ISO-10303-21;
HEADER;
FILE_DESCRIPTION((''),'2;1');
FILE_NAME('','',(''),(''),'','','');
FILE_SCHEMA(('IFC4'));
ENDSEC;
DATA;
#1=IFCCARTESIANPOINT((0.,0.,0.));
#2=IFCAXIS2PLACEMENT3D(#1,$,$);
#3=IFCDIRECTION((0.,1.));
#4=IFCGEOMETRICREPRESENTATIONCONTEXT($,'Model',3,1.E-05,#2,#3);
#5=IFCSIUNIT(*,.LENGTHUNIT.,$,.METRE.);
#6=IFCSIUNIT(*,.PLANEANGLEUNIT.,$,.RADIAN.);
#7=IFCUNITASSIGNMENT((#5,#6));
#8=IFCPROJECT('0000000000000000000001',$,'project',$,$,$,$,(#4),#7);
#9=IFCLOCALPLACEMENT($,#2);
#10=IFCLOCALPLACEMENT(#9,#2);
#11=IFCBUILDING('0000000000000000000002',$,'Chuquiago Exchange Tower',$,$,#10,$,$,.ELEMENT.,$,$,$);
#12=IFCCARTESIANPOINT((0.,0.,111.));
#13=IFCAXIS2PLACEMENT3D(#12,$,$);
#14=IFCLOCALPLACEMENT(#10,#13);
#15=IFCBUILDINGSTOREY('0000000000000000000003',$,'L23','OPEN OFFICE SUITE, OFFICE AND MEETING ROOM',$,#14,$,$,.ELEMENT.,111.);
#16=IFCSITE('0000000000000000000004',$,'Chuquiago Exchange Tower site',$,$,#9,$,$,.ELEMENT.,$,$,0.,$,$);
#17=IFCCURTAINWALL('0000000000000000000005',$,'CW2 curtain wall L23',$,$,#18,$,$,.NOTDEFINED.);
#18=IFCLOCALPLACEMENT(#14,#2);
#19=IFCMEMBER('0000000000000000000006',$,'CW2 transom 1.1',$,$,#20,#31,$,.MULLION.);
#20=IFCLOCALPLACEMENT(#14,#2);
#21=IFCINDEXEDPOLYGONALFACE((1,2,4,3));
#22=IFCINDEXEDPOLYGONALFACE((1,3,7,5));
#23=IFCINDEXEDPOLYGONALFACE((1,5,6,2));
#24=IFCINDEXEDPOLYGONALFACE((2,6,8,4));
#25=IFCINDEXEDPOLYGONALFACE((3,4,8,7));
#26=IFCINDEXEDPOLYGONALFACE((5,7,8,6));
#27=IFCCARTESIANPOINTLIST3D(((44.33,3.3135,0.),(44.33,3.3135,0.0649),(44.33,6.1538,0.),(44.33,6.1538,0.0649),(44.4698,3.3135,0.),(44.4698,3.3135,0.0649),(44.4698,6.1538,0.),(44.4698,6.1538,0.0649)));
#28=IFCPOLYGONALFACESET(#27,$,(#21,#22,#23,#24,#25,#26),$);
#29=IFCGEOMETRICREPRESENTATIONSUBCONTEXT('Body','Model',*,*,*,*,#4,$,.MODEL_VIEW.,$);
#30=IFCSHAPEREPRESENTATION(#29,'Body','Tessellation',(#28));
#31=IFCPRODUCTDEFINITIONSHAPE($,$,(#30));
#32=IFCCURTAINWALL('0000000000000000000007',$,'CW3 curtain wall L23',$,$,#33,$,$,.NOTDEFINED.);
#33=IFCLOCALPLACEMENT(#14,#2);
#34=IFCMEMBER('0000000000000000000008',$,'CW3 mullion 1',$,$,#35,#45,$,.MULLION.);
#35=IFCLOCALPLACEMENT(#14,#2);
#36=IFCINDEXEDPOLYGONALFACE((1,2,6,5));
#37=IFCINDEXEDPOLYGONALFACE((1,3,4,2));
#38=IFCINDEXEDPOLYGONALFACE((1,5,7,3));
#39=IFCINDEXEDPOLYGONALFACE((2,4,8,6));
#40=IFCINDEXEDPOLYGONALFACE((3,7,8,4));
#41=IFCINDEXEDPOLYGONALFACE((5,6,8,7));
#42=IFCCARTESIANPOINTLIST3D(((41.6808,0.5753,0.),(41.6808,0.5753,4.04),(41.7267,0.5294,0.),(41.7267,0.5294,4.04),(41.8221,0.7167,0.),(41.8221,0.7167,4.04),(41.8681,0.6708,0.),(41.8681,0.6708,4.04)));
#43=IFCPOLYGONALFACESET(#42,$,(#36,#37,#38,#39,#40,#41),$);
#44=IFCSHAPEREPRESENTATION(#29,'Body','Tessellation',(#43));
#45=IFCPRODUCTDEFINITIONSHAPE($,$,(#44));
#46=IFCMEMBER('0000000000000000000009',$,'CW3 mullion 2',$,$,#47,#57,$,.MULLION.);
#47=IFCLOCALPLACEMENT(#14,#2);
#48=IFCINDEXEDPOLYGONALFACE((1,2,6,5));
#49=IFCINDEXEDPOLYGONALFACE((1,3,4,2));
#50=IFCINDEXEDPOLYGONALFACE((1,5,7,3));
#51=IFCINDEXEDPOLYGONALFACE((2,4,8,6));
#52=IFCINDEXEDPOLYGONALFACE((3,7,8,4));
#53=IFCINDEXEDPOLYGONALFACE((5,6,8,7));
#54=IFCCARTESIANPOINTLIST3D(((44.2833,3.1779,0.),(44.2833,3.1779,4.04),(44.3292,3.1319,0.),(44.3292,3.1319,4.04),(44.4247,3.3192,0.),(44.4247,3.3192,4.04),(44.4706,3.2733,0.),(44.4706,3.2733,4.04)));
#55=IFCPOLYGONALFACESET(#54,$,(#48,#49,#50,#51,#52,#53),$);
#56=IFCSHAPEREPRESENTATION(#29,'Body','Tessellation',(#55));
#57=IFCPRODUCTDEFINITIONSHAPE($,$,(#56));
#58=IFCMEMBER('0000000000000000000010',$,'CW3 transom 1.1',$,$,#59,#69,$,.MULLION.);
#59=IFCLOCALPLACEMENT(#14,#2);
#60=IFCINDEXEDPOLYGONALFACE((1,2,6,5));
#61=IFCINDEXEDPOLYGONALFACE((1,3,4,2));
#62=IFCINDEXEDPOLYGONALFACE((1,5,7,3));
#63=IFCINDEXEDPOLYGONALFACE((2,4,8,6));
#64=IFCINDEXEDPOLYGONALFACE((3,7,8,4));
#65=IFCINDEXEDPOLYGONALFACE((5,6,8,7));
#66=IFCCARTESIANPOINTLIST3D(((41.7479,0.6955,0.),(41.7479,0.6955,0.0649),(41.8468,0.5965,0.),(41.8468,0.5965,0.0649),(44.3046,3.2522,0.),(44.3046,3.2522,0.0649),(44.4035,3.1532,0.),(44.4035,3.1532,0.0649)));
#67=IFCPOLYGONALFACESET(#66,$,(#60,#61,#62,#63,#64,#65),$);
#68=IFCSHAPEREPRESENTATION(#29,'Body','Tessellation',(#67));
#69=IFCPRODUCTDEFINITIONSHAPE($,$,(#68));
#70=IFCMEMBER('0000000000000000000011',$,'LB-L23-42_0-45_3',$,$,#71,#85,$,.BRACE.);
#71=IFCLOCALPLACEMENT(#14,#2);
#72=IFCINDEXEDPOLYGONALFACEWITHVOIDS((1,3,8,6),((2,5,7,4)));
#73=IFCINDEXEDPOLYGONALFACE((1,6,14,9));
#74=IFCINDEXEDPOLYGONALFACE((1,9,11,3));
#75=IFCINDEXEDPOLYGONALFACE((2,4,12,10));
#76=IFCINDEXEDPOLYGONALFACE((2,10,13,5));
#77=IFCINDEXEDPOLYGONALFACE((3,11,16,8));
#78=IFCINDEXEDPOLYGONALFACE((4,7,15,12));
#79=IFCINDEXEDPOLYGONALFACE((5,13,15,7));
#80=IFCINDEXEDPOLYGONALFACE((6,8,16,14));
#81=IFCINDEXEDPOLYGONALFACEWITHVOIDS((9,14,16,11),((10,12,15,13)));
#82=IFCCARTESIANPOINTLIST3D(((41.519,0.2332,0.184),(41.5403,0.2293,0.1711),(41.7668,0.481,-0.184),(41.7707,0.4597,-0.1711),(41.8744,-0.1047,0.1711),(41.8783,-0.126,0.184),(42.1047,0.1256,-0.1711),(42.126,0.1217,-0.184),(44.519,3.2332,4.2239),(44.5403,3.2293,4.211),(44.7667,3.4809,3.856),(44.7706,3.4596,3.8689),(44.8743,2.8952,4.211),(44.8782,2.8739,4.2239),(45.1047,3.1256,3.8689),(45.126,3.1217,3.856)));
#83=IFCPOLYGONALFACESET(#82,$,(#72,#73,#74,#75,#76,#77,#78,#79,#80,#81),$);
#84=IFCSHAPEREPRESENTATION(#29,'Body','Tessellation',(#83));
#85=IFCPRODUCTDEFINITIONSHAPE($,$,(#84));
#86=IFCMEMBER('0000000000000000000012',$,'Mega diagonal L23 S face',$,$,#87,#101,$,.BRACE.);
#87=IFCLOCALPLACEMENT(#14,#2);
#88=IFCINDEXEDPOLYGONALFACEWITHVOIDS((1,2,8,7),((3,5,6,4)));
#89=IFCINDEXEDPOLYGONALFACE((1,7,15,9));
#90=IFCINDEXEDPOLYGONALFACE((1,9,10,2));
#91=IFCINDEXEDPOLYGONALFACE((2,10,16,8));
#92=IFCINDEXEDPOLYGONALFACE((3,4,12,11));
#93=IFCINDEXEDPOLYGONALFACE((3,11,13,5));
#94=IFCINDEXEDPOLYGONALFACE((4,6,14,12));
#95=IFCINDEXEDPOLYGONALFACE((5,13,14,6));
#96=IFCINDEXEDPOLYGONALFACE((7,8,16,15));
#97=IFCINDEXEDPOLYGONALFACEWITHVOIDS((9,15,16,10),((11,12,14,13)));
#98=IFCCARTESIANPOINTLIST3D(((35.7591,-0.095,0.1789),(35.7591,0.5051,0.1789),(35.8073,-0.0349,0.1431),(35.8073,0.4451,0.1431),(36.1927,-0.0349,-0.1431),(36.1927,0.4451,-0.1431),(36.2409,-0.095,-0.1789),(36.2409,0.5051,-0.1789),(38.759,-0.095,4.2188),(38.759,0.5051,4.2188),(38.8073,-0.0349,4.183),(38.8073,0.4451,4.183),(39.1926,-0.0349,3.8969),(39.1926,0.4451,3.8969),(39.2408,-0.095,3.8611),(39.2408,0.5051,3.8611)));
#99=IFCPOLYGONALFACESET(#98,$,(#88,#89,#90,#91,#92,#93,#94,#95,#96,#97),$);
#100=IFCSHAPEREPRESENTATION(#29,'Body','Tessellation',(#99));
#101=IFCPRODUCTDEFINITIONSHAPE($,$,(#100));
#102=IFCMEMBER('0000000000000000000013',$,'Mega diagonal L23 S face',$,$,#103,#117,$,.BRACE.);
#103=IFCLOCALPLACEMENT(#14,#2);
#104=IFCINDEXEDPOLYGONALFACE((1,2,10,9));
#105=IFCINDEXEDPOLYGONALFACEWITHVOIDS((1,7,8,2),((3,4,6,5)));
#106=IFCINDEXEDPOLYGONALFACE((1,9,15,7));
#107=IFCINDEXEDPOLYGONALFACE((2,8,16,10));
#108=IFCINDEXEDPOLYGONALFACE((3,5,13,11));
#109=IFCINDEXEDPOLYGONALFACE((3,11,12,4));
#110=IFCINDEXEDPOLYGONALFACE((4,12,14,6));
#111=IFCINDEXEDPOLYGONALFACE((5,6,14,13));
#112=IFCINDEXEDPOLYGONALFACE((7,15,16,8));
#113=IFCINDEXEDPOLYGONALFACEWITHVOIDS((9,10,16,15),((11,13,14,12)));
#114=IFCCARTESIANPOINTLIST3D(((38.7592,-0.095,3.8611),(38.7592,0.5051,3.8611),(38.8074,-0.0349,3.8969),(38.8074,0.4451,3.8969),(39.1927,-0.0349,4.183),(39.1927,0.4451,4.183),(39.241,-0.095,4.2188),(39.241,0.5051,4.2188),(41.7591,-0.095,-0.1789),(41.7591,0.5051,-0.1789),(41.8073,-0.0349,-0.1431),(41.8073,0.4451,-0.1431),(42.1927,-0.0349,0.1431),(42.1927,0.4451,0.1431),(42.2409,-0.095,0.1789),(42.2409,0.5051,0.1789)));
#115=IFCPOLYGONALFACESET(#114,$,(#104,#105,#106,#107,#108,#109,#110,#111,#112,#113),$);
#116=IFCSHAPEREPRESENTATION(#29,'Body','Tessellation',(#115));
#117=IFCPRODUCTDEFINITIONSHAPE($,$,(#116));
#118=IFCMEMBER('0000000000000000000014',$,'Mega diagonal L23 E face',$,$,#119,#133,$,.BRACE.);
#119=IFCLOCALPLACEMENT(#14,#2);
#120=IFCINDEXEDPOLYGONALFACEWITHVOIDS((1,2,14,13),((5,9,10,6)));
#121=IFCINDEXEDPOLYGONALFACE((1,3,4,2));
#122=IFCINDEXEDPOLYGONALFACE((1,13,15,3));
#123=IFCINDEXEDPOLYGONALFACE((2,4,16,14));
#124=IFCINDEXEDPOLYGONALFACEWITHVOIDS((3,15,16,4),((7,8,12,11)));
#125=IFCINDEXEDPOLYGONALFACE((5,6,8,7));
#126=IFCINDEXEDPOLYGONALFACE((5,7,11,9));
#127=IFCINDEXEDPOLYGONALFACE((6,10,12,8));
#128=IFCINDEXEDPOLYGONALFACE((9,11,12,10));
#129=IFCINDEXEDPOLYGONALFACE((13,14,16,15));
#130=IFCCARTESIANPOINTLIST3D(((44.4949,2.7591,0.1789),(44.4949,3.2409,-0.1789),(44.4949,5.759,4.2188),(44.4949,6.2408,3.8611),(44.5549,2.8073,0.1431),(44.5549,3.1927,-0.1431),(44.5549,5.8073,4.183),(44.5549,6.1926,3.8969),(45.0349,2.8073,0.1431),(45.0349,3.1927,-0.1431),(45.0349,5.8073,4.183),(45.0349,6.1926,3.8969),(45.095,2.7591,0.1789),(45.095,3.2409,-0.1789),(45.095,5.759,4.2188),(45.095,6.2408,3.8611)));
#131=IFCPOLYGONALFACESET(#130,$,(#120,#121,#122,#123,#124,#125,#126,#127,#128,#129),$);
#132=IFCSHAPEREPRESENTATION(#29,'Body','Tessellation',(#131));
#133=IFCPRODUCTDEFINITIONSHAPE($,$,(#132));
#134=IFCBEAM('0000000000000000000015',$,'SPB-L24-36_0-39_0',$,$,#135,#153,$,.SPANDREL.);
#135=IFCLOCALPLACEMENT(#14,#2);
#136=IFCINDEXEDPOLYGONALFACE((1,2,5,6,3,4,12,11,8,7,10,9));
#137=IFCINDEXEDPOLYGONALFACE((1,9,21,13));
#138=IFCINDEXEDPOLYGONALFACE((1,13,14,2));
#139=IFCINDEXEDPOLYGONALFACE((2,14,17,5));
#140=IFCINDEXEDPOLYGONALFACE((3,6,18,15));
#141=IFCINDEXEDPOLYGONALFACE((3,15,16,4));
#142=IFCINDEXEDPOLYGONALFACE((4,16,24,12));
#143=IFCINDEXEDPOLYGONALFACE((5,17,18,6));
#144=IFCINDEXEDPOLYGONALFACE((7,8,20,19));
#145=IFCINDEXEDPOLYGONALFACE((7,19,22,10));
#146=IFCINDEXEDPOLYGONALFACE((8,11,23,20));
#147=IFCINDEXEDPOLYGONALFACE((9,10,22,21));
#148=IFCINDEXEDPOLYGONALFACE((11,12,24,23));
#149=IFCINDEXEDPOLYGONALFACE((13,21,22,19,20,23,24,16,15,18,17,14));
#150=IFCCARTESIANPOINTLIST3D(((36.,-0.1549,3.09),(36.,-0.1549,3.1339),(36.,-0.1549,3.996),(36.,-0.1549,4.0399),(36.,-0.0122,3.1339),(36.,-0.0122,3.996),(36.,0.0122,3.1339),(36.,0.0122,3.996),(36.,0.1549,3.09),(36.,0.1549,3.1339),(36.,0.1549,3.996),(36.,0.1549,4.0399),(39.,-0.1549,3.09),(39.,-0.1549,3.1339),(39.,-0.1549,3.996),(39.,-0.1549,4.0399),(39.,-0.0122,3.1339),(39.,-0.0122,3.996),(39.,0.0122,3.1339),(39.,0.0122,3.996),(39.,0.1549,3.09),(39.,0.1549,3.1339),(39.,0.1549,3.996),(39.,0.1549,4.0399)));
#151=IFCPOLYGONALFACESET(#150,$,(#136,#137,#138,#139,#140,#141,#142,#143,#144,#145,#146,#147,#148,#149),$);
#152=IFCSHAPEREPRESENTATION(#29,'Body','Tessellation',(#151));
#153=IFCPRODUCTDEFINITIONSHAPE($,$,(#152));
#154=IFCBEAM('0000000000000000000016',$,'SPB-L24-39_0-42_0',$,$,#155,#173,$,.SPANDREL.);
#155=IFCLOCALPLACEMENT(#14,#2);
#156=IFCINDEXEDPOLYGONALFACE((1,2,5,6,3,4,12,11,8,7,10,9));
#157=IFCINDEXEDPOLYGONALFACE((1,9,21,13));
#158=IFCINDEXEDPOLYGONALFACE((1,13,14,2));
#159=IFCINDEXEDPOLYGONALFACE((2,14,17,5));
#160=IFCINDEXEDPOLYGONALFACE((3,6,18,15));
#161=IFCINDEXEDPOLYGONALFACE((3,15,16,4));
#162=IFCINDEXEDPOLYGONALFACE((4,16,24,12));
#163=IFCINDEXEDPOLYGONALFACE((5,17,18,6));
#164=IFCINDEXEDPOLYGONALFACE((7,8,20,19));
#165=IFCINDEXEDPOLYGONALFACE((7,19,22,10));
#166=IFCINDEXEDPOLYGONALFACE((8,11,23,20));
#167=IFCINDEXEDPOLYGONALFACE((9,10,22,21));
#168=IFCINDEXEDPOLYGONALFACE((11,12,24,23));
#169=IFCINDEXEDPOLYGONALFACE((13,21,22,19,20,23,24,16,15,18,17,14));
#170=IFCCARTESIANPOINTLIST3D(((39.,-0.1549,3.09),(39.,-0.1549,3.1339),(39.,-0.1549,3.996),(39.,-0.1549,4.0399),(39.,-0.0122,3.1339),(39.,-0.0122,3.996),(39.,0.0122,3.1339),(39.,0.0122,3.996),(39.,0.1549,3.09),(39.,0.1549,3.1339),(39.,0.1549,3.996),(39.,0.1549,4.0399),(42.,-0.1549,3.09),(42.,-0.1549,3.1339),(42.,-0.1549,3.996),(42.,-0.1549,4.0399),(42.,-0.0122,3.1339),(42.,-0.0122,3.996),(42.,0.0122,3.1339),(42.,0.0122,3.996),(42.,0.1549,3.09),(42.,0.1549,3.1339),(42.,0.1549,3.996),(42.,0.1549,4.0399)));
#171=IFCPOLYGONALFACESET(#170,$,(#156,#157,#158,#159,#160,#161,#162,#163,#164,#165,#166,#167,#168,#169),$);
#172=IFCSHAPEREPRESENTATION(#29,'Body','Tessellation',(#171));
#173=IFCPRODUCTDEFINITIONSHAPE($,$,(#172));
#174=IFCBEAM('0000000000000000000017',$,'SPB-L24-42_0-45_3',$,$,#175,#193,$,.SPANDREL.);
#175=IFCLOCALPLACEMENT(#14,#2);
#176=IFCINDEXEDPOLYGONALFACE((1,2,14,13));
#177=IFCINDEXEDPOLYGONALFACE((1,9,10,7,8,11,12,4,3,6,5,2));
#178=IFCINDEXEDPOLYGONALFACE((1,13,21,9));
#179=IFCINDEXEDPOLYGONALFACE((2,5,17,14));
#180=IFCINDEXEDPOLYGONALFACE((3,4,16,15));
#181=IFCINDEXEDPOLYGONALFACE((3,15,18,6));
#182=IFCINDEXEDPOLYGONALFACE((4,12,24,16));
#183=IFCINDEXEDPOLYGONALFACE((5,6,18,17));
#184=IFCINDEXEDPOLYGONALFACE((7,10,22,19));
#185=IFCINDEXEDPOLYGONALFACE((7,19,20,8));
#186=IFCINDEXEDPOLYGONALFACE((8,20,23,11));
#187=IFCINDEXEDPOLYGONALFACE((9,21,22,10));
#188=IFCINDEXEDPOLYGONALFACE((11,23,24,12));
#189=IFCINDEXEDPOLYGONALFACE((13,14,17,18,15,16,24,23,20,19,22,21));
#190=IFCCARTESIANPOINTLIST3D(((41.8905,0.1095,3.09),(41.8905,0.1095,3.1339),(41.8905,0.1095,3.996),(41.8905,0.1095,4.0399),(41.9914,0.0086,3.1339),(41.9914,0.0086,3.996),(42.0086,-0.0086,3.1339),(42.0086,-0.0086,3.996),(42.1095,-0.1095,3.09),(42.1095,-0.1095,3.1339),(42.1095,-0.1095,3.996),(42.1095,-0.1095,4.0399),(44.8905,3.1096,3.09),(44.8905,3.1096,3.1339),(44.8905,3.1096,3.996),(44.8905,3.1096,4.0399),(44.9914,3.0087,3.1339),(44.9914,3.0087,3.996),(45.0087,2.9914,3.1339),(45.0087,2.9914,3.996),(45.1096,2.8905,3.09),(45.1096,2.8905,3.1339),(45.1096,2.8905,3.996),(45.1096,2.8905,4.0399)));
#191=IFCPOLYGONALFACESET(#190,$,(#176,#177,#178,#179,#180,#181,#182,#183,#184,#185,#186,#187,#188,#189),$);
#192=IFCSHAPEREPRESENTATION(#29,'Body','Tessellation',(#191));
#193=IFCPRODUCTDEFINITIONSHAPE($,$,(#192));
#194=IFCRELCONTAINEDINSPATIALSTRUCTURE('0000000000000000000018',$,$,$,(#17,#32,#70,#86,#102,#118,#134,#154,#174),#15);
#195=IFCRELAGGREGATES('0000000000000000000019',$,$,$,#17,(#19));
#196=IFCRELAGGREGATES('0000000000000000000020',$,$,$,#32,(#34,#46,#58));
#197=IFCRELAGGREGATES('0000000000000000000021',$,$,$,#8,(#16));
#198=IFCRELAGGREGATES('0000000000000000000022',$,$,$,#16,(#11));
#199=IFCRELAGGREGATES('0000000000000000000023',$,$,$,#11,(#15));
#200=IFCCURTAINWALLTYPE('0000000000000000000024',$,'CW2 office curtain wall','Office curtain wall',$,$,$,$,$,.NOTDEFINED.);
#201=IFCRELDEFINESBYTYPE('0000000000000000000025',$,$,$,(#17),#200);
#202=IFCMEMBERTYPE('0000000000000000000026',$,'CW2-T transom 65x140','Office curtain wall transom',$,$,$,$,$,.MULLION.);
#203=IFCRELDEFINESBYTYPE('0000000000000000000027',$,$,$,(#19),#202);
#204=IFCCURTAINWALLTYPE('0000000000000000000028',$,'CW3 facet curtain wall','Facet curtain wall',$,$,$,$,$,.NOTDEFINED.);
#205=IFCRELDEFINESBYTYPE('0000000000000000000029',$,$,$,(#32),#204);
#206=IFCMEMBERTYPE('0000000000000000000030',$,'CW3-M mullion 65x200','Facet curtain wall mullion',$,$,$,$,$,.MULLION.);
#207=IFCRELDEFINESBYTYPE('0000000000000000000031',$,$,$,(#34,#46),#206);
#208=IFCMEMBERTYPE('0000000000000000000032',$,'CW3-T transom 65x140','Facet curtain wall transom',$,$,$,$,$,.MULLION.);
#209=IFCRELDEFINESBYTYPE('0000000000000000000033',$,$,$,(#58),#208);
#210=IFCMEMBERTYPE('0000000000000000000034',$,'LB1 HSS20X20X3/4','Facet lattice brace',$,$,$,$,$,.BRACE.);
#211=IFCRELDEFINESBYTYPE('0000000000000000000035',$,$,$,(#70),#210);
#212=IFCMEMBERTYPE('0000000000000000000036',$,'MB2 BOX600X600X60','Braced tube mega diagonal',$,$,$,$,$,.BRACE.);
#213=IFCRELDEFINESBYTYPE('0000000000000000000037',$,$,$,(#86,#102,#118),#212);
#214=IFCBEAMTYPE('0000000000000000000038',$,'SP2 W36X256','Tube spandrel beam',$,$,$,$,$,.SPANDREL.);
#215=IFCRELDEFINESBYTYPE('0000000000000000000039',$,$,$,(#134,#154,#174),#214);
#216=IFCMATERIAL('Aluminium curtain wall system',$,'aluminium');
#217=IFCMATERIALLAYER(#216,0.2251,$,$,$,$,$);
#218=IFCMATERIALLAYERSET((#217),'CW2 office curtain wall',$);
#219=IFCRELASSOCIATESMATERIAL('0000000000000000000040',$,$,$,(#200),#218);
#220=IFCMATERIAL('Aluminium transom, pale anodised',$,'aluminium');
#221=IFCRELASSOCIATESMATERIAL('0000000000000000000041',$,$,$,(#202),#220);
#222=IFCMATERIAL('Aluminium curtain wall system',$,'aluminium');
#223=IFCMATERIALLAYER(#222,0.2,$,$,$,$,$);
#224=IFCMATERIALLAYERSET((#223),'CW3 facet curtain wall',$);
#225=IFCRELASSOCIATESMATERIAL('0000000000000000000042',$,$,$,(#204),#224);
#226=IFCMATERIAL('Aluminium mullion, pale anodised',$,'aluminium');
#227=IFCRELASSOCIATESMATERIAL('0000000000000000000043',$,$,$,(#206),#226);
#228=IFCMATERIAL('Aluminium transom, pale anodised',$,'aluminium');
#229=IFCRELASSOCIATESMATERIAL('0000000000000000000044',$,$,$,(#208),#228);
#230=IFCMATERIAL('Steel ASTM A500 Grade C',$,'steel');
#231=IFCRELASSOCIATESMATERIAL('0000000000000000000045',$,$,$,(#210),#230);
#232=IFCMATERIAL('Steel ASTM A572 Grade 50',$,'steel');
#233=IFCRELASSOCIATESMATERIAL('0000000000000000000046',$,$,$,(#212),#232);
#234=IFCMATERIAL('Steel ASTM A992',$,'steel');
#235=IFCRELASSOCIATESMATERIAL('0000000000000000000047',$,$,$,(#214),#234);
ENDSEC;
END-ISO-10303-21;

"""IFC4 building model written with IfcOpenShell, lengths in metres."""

from ifc_helpers import new_model, si_unit, direction, frame, origin, origin_2d, place, context, subcontext, project, spatial, rectangle, hollow_rectangle, i_section, extrude, material, layer, layer_set, material_profile, profile_set, type_object, element, aggregate, save


model = new_model("IFC4")

# Units and contexts
model_context = context("Model", 3, precision=1e-05, world=origin(), true_north=direction((0.0, 1.0)))
body_context = subcontext(model_context, "Body", "Model", "MODEL_VIEW")
ifc_project = project(units=[si_unit("LENGTHUNIT", "METRE"), si_unit("PLANEANGLEUNIT", "RADIAN")], contexts=[model_context])

# Site, building, storey
site_placement = place(None, origin())
site = spatial("IfcSite", under=ifc_project, at=site_placement, Name="Chuquiago Exchange Tower site", CompositionType="ELEMENT", RefElevation=0.0)
building_placement = place(site_placement, origin())
building = spatial("IfcBuilding", under=site, at=building_placement, Name="Chuquiago Exchange Tower", CompositionType="ELEMENT")
storey_placement = place(building_placement, frame((0.0, 0.0, 111.0)))
storey = spatial("IfcBuildingStorey", under=building, at=storey_placement, Name="L23", Description="OPEN OFFICE SUITE, OFFICE AND MEETING ROOM", CompositionType="ELEMENT", Elevation=111.0)

# Curtain wall
ifc_material_1 = material(Name="Aluminium curtain wall system", Category="aluminium")
ifc_layer_1 = layer(ifc_material_1, 0.2251)
ifc_layer_set_1 = layer_set([ifc_layer_1], Name="CW2 office curtain wall")
curtain_wall_type_1 = type_object("IfcCurtainWallType", Name="CW2 office curtain wall", Description="Office curtain wall", PredefinedType="NOTDEFINED", material=ifc_layer_set_1)
curtain_wall_1_placement = place(storey_placement, origin())
curtain_wall_1 = element("IfcCurtainWall", 1, at=curtain_wall_1_placement, inside=storey, type_object=curtain_wall_type_1, Name="CW2 curtain wall L23", PredefinedType="NOTDEFINED")

# Member
ifc_material_2 = material(Name="Aluminium transom, pale anodised", Category="aluminium")
ifc_material_profile_1 = material_profile(ifc_material_2, rectangle(XDim=0.1399, YDim=0.0649, at=origin_2d()), Name="AL 140x65")
ifc_profile_set_1 = profile_set([ifc_material_profile_1], Name="Aluminium transom, pale anodised")
member_type_1 = type_object("IfcMemberType", Name="CW2-T transom 65x140", Description="Office curtain wall transom", PredefinedType="MULLION", material=ifc_profile_set_1)
member_1_placement = place(storey_placement, frame((44.3999, 3.3135, 0.0325), z_axis=(0.0, 1.0, 0.0), x_axis=(-1.0, 0.0, 0.0)))
member_1 = element("IfcMember", 2, at=member_1_placement, type_object=member_type_1, Name="CW2 transom 1.1", PredefinedType="MULLION", context=body_context, shape_type="SweptSolid", body=[
    extrude(rectangle(XDim=0.1399, YDim=0.0649, at=origin_2d()), origin(), (0.0, 0.0, 1.0), 2.8403),
])

# Curtain wall, members
ifc_material_3 = material(Name="Aluminium curtain wall system", Category="aluminium")
ifc_layer_2 = layer(ifc_material_3, 0.2)
ifc_layer_set_2 = layer_set([ifc_layer_2], Name="CW3 facet curtain wall")
curtain_wall_type_2 = type_object("IfcCurtainWallType", Name="CW3 facet curtain wall", Description="Facet curtain wall", PredefinedType="NOTDEFINED", material=ifc_layer_set_2)
curtain_wall_2_placement = place(storey_placement, origin())
curtain_wall_2 = element("IfcCurtainWall", 3, at=curtain_wall_2_placement, inside=storey, type_object=curtain_wall_type_2, Name="CW3 curtain wall L23", PredefinedType="NOTDEFINED")
ifc_material_4 = material(Name="Aluminium mullion, pale anodised", Category="aluminium")
ifc_material_profile_2 = material_profile(ifc_material_4, rectangle(XDim=0.0649, YDim=0.2, at=origin_2d()), Name="AL 65x200")
ifc_profile_set_2 = profile_set([ifc_material_profile_2], Name="Aluminium mullion, pale anodised")
member_type_2 = type_object("IfcMemberType", Name="CW3-M mullion 65x200", Description="Facet curtain wall mullion", PredefinedType="MULLION", material=ifc_profile_set_2)
member_2_placement = place(storey_placement, frame((41.7744, 0.623, 0.0), z_axis=(0.0, 0.0, 1.0), x_axis=(-0.707107, 0.707107, 0.0)))
member_2 = element("IfcMember", 4, at=member_2_placement, type_object=member_type_2, Name="CW3 mullion 1", PredefinedType="MULLION", context=body_context, shape_type="SweptSolid", body=[
    extrude(rectangle(XDim=0.0649, YDim=0.2, at=origin_2d()), origin(), (0.0, 0.0, 1.0), 4.04),
])
member_3_placement = place(storey_placement, frame((44.377, 3.2256, 0.0), z_axis=(0.0, 0.0, 1.0), x_axis=(-0.707107, 0.707107, 0.0)))
member_3 = element("IfcMember", 5, at=member_3_placement, type_object=member_type_2, Name="CW3 mullion 2", PredefinedType="MULLION", context=body_context, shape_type="SweptSolid", body=[
    extrude(rectangle(XDim=0.0649, YDim=0.2, at=origin_2d()), origin(), (0.0, 0.0, 1.0), 4.04),
])
ifc_material_5 = material(Name="Aluminium transom, pale anodised", Category="aluminium")
ifc_material_profile_3 = material_profile(ifc_material_5, rectangle(XDim=0.1399, YDim=0.0649, at=origin_2d()), Name="AL 140x65")
ifc_profile_set_3 = profile_set([ifc_material_profile_3], Name="Aluminium transom, pale anodised")
member_type_3 = type_object("IfcMemberType", Name="CW3-T transom 65x140", Description="Facet curtain wall transom", PredefinedType="MULLION", material=ifc_profile_set_3)
member_4_placement = place(storey_placement, frame((41.7974, 0.646, 0.0325), z_axis=(0.707107, 0.707107, 0.0), x_axis=(-0.707107, 0.707107, 0.0)))
member_4 = element("IfcMember", 6, at=member_4_placement, type_object=member_type_3, Name="CW3 transom 1.1", PredefinedType="MULLION", context=body_context, shape_type="SweptSolid", body=[
    extrude(rectangle(XDim=0.1399, YDim=0.0649, at=origin_2d()), origin(), (0.0, 0.0, 1.0), 3.6157),
])

# Members
ifc_material_6 = material(Name="Steel ASTM A500 Grade C", Category="steel")
ifc_material_profile_4 = material_profile(ifc_material_6, hollow_rectangle(XDim=0.5081, YDim=0.5081, WallThickness=0.0178, at=origin_2d()), Name="HSS20X20X3/4")
ifc_profile_set_4 = profile_set([ifc_material_profile_4], Name="Steel ASTM A500 Grade C")
member_type_4 = type_object("IfcMemberType", Name="LB1 HSS20X20X3/4", Description="Facet lattice brace", PredefinedType="BRACE", material=ifc_profile_set_4)
member_5_placement = place(storey_placement, frame((41.8225, 0.1775, 0.0), z_axis=(0.512077, 0.512077, 0.689604), x_axis=(-0.707107, 0.707107, 0.0)))
element("IfcMember", 7, at=member_5_placement, inside=storey, type_object=member_type_4, Name="LB-L23-42_0-45_3", PredefinedType="BRACE", context=body_context, shape_type="SweptSolid", body=[
    extrude(hollow_rectangle(XDim=0.5081, YDim=0.5081, WallThickness=0.0178, at=origin_2d()), origin(), (0.0, 0.0, 1.0), 5.8584),
])
ifc_material_7 = material(Name="Steel ASTM A572 Grade 50", Category="steel")
ifc_material_profile_5 = material_profile(ifc_material_7, hollow_rectangle(XDim=0.6001, YDim=0.6001, WallThickness=0.0601, at=origin_2d()), Name="BOX600X600X60")
ifc_profile_set_5 = profile_set([ifc_material_profile_5], Name="Steel ASTM A572 Grade 50")
member_type_5 = type_object("IfcMemberType", Name="MB2 BOX600X600X60", Description="Braced tube mega diagonal", PredefinedType="BRACE", material=ifc_profile_set_5)
for number, where, z_axis, x_axis, name in (
    (8, (36.0, 0.2051, 0.0), (0.596174, 0.0, 0.802855), (0.0, 1.0, 0.0), "Mega diagonal L23 S face"),
    (9, (42.0, 0.2051, 0.0), (-0.596174, 0.0, 0.802855), (0.0, -1.0, 0.0), "Mega diagonal L23 S face"),
    (10, (44.7949, 3.0, 0.0), (0.0, 0.596174, 0.802855), (-1.0, 0.0, 0.0), "Mega diagonal L23 E face"),
):
    element("IfcMember", number, at=place(storey_placement, frame(where, z_axis=z_axis, x_axis=x_axis)), inside=storey, type_object=member_type_5, Name=name, PredefinedType="BRACE", context=body_context, shape_type="SweptSolid", body=[
        extrude(hollow_rectangle(XDim=0.6001, YDim=0.6001, WallThickness=0.0601, at=origin_2d()), origin(), (0.0, 0.0, 1.0), 5.032),
    ])

# Beams
ifc_material_8 = material(Name="Steel ASTM A992", Category="steel")
ifc_material_profile_6 = material_profile(ifc_material_8, i_section(OverallWidth=0.3098, OverallDepth=0.95, WebThickness=0.0244, FlangeThickness=0.0439, at=origin_2d()), Name="W36X256")
ifc_profile_set_6 = profile_set([ifc_material_profile_6], Name="Steel ASTM A992")
beam_type = type_object("IfcBeamType", Name="SP2 W36X256", Description="Tube spandrel beam", PredefinedType="SPANDREL", material=ifc_profile_set_6)
for number, where, z_axis, x_axis, name in (
    (11, (36.0, 0.0, 3.5649), (1.0, 0.0, 0.0), (0.0, 1.0, 0.0), "SPB-L24-36_0-39_0"),
    (12, (39.0, 0.0, 3.5649), (1.0, 0.0, 0.0), (0.0, 1.0, 0.0), "SPB-L24-39_0-42_0"),
):
    element("IfcBeam", number, at=place(storey_placement, frame(where, z_axis=z_axis, x_axis=x_axis)), inside=storey, type_object=beam_type, Name=name, PredefinedType="SPANDREL", context=body_context, shape_type="SweptSolid", body=[
        extrude(i_section(OverallWidth=0.3098, OverallDepth=0.95, WebThickness=0.0244, FlangeThickness=0.0439, at=origin_2d()), origin(), (0.0, 0.0, 1.0), 3.0),
    ])
beam_placement = place(storey_placement, frame((42.0, 0.0, 3.5649), z_axis=(0.707107, 0.707107, 0.0), x_axis=(-0.707107, 0.707107, 0.0)))
element("IfcBeam", 13, at=beam_placement, inside=storey, type_object=beam_type, Name="SPB-L24-42_0-45_3", PredefinedType="SPANDREL", context=body_context, shape_type="SweptSolid", body=[
    extrude(i_section(OverallWidth=0.3098, OverallDepth=0.95, WebThickness=0.0244, FlangeThickness=0.0439, at=origin_2d()), origin(), (0.0, 0.0, 1.0), 4.2427),
])

aggregate(curtain_wall_1, [member_1])
aggregate(curtain_wall_2, [member_2, member_3, member_4])

save(model, "model.ifc")
